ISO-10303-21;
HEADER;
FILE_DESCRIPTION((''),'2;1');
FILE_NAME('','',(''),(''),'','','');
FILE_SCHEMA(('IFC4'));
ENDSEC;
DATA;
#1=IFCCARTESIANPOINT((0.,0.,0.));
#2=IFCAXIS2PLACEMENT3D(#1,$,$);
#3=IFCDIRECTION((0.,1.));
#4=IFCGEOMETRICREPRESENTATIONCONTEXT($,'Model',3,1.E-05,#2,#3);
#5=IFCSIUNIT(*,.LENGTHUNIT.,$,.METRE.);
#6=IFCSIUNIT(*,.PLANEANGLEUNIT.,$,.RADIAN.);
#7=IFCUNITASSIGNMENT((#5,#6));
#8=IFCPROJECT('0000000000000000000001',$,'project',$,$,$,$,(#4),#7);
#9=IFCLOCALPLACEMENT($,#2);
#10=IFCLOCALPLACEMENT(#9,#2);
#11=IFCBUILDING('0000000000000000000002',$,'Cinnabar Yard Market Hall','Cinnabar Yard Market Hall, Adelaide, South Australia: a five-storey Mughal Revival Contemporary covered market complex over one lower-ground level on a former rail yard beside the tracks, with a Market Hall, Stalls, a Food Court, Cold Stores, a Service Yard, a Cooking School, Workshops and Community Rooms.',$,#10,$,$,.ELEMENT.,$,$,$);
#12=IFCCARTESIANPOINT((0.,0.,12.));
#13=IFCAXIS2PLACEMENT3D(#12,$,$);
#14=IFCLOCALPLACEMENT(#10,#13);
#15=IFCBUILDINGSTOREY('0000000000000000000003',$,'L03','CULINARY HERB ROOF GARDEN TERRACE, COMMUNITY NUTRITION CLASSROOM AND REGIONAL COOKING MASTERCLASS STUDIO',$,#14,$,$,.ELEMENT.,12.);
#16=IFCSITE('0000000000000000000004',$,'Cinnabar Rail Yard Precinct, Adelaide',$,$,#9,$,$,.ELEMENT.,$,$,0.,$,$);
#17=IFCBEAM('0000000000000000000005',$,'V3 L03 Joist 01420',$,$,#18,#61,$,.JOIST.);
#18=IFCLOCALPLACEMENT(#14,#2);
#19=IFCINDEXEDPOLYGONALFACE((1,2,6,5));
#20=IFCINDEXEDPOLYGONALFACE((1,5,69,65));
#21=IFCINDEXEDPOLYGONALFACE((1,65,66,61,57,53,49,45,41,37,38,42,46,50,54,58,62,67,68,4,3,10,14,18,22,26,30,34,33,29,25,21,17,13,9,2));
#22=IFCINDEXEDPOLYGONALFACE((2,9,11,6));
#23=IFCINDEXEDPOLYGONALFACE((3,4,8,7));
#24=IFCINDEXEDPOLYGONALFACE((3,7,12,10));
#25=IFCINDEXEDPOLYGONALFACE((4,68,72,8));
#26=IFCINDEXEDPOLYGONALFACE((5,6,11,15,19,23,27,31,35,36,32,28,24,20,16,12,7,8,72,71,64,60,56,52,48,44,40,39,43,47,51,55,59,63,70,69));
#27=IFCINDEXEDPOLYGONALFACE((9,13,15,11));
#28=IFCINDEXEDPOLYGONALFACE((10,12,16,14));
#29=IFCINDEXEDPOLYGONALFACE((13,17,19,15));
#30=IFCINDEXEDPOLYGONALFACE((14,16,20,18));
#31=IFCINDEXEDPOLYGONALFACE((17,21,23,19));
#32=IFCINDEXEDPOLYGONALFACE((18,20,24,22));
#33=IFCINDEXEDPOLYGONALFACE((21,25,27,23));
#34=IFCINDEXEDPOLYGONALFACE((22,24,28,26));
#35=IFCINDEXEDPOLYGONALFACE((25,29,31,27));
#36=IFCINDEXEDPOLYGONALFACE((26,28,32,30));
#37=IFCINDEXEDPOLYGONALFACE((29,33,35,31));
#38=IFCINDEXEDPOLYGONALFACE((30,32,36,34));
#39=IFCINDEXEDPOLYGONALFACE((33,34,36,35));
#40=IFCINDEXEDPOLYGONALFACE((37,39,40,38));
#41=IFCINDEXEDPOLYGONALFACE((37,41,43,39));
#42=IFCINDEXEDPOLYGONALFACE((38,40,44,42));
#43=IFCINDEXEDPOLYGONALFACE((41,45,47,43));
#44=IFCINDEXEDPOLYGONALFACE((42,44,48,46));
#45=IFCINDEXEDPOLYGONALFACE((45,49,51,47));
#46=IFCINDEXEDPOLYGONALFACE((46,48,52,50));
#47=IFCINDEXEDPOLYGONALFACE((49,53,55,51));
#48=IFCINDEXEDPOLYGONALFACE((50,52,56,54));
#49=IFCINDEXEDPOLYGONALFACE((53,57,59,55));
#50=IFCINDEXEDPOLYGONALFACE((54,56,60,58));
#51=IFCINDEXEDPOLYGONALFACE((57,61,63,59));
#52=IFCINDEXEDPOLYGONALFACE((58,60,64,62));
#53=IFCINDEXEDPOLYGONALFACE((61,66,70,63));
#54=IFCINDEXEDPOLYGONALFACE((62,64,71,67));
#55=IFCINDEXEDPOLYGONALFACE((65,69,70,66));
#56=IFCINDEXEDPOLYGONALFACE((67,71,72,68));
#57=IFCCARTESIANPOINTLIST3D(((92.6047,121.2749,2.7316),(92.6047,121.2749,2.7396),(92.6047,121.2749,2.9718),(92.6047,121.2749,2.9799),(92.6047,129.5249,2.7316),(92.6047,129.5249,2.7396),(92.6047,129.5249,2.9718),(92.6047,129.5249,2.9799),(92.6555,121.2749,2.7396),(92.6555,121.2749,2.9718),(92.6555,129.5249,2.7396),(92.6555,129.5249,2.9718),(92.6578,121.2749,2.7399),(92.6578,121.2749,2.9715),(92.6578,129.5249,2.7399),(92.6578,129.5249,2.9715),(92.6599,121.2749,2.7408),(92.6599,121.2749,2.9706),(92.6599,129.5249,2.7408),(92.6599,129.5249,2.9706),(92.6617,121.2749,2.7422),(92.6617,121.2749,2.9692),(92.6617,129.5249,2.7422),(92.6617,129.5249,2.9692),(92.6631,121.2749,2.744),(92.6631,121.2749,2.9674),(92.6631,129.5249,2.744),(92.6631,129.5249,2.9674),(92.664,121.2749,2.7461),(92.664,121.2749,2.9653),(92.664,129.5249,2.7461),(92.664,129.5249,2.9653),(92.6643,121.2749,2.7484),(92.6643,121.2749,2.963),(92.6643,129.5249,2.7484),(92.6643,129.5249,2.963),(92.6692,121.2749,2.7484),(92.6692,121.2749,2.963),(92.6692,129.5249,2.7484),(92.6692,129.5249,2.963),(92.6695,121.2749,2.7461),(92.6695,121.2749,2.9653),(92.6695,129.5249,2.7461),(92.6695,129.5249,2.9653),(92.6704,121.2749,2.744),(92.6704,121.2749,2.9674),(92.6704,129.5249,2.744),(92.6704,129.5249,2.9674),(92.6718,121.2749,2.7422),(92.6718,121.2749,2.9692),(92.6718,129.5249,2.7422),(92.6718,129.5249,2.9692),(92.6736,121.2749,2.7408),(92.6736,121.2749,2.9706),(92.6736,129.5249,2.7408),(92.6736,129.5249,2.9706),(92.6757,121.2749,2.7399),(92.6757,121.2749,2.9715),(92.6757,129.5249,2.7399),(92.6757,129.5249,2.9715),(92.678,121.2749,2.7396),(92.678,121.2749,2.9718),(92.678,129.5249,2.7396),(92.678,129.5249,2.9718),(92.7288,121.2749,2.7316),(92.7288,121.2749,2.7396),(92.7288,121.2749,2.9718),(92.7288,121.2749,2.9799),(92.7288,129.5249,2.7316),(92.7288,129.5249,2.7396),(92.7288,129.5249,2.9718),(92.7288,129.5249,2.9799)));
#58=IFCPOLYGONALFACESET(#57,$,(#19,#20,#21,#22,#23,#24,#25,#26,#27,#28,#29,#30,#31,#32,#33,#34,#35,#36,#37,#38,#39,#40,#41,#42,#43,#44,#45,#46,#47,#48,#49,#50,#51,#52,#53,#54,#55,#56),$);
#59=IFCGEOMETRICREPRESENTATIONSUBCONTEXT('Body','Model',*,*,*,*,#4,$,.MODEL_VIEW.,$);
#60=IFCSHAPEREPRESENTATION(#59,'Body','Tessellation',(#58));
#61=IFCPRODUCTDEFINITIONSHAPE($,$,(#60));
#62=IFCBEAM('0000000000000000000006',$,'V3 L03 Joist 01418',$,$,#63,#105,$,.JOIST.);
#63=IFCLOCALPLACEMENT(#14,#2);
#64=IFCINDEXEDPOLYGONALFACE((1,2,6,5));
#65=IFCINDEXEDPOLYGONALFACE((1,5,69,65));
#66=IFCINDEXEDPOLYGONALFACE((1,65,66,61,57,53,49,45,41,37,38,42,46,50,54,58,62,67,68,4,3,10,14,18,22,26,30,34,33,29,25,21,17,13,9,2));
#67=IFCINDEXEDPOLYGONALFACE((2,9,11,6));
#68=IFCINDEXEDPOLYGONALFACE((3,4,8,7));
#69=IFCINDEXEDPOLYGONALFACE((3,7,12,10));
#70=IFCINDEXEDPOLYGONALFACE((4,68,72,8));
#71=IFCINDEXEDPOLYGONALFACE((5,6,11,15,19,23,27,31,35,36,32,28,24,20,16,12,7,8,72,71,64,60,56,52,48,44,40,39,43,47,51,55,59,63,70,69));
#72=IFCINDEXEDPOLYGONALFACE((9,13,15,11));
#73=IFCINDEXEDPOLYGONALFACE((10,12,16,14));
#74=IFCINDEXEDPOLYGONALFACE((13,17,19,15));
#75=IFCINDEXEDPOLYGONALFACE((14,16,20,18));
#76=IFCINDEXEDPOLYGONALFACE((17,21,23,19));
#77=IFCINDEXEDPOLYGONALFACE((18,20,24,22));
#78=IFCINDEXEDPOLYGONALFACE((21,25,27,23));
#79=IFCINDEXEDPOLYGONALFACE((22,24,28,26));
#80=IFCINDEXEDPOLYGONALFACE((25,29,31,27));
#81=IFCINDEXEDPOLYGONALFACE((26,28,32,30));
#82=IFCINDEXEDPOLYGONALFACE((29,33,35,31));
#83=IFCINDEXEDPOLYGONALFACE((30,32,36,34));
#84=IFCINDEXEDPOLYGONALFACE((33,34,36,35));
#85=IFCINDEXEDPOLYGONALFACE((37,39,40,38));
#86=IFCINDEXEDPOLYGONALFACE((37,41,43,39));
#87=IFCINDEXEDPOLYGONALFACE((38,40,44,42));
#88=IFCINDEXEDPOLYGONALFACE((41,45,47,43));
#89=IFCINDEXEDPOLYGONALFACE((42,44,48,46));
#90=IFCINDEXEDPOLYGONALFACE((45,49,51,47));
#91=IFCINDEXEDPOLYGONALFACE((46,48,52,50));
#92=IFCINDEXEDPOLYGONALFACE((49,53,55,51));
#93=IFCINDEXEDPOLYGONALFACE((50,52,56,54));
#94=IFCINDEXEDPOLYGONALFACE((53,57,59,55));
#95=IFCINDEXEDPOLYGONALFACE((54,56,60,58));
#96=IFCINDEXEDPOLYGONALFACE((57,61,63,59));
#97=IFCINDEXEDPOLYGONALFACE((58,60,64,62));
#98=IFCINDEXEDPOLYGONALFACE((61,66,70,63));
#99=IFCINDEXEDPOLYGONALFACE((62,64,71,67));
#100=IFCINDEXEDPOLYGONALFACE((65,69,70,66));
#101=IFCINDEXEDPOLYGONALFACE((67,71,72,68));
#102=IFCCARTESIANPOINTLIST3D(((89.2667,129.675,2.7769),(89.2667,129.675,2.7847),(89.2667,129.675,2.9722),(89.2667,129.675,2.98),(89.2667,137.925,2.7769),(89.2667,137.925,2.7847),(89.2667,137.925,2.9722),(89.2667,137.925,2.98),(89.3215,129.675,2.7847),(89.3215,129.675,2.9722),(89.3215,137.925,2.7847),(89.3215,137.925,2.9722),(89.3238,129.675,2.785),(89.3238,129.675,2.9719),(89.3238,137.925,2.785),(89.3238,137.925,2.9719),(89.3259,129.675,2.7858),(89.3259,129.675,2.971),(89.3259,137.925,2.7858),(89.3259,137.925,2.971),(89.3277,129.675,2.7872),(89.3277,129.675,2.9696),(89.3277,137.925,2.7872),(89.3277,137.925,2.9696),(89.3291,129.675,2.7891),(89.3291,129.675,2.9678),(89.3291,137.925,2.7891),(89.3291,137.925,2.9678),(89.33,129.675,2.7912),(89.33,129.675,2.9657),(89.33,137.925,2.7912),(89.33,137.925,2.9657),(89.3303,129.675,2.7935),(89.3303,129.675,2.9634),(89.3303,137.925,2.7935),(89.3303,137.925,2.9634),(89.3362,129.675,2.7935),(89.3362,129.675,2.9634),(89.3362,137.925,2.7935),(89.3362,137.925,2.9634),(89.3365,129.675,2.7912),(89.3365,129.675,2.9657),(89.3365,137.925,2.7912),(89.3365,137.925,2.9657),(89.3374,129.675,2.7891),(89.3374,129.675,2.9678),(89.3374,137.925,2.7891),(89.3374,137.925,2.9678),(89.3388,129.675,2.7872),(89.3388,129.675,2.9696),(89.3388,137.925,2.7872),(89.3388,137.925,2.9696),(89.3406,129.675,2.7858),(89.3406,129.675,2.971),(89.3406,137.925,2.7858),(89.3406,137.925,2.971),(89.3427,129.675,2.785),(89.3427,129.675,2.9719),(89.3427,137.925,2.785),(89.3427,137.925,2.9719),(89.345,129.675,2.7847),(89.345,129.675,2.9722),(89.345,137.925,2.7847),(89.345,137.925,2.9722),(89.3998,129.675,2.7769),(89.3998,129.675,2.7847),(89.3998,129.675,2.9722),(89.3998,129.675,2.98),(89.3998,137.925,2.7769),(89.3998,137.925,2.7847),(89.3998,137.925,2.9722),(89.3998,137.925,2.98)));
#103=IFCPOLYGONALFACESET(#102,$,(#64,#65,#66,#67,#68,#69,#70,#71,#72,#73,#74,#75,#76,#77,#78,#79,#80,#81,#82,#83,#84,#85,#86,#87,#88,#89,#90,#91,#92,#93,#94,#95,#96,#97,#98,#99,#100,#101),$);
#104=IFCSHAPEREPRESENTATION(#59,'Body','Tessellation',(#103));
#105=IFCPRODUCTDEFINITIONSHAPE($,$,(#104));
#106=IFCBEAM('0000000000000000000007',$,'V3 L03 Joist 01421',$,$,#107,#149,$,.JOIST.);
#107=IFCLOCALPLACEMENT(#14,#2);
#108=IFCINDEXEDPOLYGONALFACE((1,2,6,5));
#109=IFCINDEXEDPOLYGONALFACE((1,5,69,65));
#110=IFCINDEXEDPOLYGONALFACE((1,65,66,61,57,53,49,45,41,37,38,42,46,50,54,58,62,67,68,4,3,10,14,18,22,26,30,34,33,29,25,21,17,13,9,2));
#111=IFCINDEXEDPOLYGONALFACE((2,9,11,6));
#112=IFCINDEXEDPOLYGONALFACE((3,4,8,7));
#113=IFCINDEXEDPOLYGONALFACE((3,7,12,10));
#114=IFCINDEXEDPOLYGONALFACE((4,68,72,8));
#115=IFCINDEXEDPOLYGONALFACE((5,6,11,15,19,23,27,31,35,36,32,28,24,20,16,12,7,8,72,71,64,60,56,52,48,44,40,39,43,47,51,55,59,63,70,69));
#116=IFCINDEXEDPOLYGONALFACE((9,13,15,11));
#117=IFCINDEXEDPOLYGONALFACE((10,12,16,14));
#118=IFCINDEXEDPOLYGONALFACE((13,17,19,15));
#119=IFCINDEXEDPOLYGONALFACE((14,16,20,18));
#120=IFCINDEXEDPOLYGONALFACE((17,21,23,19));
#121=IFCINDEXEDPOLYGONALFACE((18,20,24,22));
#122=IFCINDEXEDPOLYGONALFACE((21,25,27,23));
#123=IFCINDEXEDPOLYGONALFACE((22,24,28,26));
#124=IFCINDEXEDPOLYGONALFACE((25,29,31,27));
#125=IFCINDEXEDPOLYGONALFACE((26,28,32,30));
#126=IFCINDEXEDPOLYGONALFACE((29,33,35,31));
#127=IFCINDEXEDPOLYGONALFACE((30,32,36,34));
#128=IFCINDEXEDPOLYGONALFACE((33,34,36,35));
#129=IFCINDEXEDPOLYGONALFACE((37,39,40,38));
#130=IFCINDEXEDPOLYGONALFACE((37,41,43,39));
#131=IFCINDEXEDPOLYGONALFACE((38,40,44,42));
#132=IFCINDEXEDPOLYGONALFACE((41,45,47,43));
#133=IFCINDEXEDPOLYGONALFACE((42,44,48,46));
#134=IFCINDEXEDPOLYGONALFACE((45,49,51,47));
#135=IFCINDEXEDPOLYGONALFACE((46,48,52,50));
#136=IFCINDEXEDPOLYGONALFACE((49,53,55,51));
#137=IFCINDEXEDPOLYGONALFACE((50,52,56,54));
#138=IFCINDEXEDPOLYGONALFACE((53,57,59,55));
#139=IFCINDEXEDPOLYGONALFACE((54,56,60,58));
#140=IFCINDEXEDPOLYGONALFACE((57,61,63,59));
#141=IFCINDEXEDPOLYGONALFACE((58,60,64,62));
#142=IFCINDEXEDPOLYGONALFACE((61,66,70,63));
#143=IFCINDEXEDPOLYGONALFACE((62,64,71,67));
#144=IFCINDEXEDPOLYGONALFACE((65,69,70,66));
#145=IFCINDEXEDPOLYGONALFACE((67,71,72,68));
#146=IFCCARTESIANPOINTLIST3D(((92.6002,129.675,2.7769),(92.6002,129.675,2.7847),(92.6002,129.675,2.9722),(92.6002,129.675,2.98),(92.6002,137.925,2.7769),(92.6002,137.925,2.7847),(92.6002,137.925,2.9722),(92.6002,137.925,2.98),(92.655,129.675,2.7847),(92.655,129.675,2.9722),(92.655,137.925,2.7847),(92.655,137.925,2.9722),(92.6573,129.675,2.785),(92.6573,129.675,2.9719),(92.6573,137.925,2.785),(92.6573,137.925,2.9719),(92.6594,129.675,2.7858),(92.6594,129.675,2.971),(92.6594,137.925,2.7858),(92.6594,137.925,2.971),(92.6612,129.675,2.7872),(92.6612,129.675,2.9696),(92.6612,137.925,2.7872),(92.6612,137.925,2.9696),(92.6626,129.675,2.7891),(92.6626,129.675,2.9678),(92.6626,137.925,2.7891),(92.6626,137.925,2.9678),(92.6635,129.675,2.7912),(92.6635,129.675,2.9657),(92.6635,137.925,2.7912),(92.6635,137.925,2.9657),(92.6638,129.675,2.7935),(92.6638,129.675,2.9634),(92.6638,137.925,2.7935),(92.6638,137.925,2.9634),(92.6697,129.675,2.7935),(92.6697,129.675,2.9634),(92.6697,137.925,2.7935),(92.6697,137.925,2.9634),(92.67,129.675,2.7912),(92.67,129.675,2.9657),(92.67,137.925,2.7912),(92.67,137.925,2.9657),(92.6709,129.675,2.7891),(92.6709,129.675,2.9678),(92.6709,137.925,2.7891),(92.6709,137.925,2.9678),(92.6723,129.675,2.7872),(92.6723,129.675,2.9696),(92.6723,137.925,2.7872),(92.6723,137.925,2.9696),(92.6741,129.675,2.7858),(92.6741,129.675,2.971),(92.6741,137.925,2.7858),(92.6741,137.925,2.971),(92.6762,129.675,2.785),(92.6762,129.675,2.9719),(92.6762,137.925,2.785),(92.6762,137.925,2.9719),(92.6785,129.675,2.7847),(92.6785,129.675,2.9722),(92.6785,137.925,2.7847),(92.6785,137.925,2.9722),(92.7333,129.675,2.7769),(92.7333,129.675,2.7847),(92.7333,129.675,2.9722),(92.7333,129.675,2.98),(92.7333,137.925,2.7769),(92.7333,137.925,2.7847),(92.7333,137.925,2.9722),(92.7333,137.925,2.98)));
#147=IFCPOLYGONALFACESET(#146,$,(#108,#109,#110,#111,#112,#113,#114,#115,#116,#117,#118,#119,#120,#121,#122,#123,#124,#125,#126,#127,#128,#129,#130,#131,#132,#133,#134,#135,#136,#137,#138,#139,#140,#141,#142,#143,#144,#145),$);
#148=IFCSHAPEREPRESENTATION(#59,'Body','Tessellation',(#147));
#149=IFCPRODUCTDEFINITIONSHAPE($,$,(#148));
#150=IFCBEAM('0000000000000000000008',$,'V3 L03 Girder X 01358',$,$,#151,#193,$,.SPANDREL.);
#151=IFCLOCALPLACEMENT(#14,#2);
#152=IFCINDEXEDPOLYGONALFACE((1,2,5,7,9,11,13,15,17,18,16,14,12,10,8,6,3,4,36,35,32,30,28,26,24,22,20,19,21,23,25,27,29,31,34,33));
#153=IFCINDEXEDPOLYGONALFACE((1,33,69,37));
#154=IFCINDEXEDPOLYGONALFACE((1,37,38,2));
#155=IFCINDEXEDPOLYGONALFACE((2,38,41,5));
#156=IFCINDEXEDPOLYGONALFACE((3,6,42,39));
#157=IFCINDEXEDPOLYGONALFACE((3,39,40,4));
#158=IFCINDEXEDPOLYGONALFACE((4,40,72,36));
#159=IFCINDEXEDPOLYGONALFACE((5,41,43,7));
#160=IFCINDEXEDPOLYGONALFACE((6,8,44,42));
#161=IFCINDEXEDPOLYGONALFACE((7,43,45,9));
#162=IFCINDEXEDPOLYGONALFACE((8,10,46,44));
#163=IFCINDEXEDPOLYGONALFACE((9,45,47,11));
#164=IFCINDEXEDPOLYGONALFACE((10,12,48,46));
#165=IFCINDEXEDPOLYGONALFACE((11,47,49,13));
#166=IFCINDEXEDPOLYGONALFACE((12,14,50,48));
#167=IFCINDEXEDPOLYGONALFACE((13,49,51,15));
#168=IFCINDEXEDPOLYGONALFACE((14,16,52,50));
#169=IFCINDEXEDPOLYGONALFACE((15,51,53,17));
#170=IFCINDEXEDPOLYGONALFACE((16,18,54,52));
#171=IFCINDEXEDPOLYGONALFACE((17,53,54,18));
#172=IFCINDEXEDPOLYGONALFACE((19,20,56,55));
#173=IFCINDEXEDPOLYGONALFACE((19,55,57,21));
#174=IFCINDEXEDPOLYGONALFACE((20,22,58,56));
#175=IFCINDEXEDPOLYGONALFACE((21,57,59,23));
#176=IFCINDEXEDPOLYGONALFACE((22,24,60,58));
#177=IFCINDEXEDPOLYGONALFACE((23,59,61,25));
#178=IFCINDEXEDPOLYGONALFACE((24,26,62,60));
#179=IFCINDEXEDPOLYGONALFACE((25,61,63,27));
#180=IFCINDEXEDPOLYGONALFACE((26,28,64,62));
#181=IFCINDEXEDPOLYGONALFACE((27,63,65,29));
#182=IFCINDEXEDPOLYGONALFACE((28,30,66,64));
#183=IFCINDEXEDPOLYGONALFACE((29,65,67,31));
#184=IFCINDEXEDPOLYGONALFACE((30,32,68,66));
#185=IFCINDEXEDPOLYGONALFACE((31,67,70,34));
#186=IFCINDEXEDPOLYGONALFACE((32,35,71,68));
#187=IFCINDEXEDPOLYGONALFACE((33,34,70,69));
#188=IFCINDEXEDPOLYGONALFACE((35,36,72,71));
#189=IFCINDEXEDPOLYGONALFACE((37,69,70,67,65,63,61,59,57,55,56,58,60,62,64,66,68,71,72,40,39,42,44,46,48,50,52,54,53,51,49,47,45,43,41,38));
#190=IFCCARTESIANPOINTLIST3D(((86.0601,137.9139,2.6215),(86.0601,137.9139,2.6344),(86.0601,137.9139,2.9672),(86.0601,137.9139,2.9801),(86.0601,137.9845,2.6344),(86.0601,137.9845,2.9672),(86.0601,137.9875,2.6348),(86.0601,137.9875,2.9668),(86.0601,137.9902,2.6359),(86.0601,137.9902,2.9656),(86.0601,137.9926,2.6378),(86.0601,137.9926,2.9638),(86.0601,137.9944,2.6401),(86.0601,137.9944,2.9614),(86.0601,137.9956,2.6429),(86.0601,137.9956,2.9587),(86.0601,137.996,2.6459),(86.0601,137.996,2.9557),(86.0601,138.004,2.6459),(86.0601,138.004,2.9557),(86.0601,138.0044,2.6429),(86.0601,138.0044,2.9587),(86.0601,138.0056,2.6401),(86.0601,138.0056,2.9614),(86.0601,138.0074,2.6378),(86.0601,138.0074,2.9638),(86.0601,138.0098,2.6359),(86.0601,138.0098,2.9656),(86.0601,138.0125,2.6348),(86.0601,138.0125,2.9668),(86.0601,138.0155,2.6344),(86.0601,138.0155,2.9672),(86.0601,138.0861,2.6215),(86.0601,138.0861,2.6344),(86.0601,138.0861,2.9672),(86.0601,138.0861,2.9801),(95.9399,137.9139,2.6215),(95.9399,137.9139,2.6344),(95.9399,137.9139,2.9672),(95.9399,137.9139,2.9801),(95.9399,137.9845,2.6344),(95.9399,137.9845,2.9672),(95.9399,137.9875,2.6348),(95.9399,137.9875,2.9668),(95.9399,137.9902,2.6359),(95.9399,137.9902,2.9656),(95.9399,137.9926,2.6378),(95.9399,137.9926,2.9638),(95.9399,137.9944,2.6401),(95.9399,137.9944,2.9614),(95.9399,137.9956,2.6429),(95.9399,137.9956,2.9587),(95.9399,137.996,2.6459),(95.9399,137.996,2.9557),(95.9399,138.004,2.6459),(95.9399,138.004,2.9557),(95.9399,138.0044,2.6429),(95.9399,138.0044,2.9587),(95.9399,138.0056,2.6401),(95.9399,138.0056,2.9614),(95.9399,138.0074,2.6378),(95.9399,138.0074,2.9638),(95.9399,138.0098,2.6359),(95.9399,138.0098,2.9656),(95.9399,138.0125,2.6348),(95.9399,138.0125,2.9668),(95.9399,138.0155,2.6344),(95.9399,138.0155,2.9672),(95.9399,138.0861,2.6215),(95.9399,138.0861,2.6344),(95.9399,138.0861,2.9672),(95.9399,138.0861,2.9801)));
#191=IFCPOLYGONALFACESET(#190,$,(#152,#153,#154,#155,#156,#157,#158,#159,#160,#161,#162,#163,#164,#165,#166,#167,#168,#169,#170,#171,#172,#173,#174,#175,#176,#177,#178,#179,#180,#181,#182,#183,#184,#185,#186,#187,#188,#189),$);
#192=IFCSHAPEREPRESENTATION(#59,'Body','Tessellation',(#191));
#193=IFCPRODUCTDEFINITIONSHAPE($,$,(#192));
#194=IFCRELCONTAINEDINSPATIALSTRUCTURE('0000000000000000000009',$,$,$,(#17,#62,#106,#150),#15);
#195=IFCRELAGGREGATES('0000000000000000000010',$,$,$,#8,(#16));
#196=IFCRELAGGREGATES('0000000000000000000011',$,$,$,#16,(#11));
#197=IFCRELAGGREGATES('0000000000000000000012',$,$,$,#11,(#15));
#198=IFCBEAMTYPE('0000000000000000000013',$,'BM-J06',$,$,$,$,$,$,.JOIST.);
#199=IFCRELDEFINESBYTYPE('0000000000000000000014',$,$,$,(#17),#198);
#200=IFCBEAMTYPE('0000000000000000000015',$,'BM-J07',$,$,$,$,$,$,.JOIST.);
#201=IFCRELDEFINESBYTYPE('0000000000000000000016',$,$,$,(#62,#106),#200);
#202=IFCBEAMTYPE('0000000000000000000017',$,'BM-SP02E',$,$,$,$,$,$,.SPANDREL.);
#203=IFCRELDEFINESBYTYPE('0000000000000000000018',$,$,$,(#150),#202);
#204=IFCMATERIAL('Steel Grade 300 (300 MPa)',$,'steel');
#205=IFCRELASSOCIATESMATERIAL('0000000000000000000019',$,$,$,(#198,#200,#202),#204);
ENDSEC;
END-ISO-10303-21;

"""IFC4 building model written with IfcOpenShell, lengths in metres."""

from ifc_helpers import new_model, si_unit, direction, frame, origin, origin_2d_with_axis, place, context, subcontext, project, spatial, i_section, extrude, material, material_profile, profile_set, type_object, element, save


model = new_model("IFC4")

# Units and contexts
model_context = context("Model", 3, precision=1e-05, world=origin(), true_north=direction((0.0, 1.0)))
body_context = subcontext(model_context, "Body", "Model", "MODEL_VIEW")
ifc_project = project(units=[si_unit("LENGTHUNIT", "METRE"), si_unit("PLANEANGLEUNIT", "RADIAN")], contexts=[model_context])

# Site, building, storey
site_placement = place(None, origin())
site = spatial("IfcSite", under=ifc_project, at=site_placement, Name="Cinnabar Rail Yard Precinct, Adelaide", CompositionType="ELEMENT", RefElevation=0.0)
building_placement = place(site_placement, origin())
building = spatial("IfcBuilding", under=site, at=building_placement, Name="Cinnabar Yard Market Hall", Description="Cinnabar Yard Market Hall, Adelaide, South Australia: a five-storey Mughal Revival Contemporary covered market complex over one lower-ground level on a former rail yard beside the tracks, with a Market Hall, Stalls, a Food Court, Cold Stores, a Service Yard, a Cooking School, Workshops and Community Rooms.", CompositionType="ELEMENT")
storey_placement = place(building_placement, frame((0.0, 0.0, 12.0)))
storey = spatial("IfcBuildingStorey", under=building, at=storey_placement, Name="L03", Description="CULINARY HERB ROOF GARDEN TERRACE, COMMUNITY NUTRITION CLASSROOM AND REGIONAL COOKING MASTERCLASS STUDIO", CompositionType="ELEMENT", Elevation=12.0)

# Shared definitions
ifc_material_1 = material(Name="Steel Grade 300 (300 MPa)", Category="steel")

# Beams
ifc_material_profile_1 = material_profile(ifc_material_1, i_section(OverallWidth=0.124, OverallDepth=0.2483, WebThickness=0.0049, FlangeThickness=0.0081, FilletRadius=0.0088, at=origin_2d_with_axis()), Name="250UB25.7")
ifc_profile_set_1 = profile_set([ifc_material_profile_1], Name="Steel Grade 300 (300 MPa)")
beam_type_1 = type_object("IfcBeamType", Name="BM-J06", PredefinedType="JOIST", material=ifc_profile_set_1)
for number, where, z_axis, x_axis, name in (
    (1, (92.6667, 121.2749, 2.8557), (0.0, 1.0, 0.0), (-1.0, 0.0, 0.0), "V3 L03 Joist 01420"),
):
    element("IfcBeam", number, at=place(storey_placement, frame(where, z_axis=z_axis, x_axis=x_axis)), inside=storey, type_object=beam_type_1, Name=name, PredefinedType="JOIST", context=body_context, shape_type="SweptSolid", body=[
        extrude(i_section(OverallWidth=0.124, OverallDepth=0.2483, WebThickness=0.0049, FlangeThickness=0.0081, FilletRadius=0.0088, at=origin_2d_with_axis()), origin(), (0.0, 0.0, 1.0), 8.25),
    ])
ifc_material_profile_2 = material_profile(ifc_material_1, i_section(OverallWidth=0.1331, OverallDepth=0.2031, WebThickness=0.0059, FlangeThickness=0.0078, FilletRadius=0.0088, at=origin_2d_with_axis()), Name="200UB25.4")
ifc_profile_set_2 = profile_set([ifc_material_profile_2], Name="Steel Grade 300 (300 MPa)")
beam_type_2 = type_object("IfcBeamType", Name="BM-J07", PredefinedType="JOIST", material=ifc_profile_set_2)
for number, where, z_axis, x_axis, name in (
    (2, (89.3333, 129.675, 2.8784), (0.0, 1.0, 0.0), (-1.0, 0.0, 0.0), "V3 L03 Joist 01418"),
    (3, (92.6667, 129.675, 2.8784), (0.0, 1.0, 0.0), (-1.0, 0.0, 0.0), "V3 L03 Joist 01421"),
):
    element("IfcBeam", number, at=place(storey_placement, frame(where, z_axis=z_axis, x_axis=x_axis)), inside=storey, type_object=beam_type_2, Name=name, PredefinedType="JOIST", context=body_context, shape_type="SweptSolid", body=[
        extrude(i_section(OverallWidth=0.1331, OverallDepth=0.2031, WebThickness=0.0059, FlangeThickness=0.0078, FilletRadius=0.0088, at=origin_2d_with_axis()), origin(), (0.0, 0.0, 1.0), 8.25),
    ])
ifc_material_profile_3 = material_profile(ifc_material_1, i_section(OverallWidth=0.1721, OverallDepth=0.3586, WebThickness=0.0081, FlangeThickness=0.0129, FilletRadius=0.0115, at=origin_2d_with_axis()), Name="360UB56.7")
ifc_profile_set_3 = profile_set([ifc_material_profile_3], Name="Steel Grade 300 (300 MPa)")
beam_type_3 = type_object("IfcBeamType", Name="BM-SP02E", PredefinedType="SPANDREL", material=ifc_profile_set_3)
for number, where, z_axis, x_axis, name in (
    (4, (86.0601, 138.0, 2.8008), (1.0, 0.0, 0.0), (0.0, 1.0, 0.0), "V3 L03 Girder X 01358"),
):
    element("IfcBeam", number, at=place(storey_placement, frame(where, z_axis=z_axis, x_axis=x_axis)), inside=storey, type_object=beam_type_3, Name=name, PredefinedType="SPANDREL", context=body_context, shape_type="SweptSolid", body=[
        extrude(i_section(OverallWidth=0.1721, OverallDepth=0.3586, WebThickness=0.0081, FlangeThickness=0.0129, FilletRadius=0.0115, at=origin_2d_with_axis()), origin(), (0.0, 0.0, 1.0), 9.8799),
    ])

save(model, "model.ifc")
